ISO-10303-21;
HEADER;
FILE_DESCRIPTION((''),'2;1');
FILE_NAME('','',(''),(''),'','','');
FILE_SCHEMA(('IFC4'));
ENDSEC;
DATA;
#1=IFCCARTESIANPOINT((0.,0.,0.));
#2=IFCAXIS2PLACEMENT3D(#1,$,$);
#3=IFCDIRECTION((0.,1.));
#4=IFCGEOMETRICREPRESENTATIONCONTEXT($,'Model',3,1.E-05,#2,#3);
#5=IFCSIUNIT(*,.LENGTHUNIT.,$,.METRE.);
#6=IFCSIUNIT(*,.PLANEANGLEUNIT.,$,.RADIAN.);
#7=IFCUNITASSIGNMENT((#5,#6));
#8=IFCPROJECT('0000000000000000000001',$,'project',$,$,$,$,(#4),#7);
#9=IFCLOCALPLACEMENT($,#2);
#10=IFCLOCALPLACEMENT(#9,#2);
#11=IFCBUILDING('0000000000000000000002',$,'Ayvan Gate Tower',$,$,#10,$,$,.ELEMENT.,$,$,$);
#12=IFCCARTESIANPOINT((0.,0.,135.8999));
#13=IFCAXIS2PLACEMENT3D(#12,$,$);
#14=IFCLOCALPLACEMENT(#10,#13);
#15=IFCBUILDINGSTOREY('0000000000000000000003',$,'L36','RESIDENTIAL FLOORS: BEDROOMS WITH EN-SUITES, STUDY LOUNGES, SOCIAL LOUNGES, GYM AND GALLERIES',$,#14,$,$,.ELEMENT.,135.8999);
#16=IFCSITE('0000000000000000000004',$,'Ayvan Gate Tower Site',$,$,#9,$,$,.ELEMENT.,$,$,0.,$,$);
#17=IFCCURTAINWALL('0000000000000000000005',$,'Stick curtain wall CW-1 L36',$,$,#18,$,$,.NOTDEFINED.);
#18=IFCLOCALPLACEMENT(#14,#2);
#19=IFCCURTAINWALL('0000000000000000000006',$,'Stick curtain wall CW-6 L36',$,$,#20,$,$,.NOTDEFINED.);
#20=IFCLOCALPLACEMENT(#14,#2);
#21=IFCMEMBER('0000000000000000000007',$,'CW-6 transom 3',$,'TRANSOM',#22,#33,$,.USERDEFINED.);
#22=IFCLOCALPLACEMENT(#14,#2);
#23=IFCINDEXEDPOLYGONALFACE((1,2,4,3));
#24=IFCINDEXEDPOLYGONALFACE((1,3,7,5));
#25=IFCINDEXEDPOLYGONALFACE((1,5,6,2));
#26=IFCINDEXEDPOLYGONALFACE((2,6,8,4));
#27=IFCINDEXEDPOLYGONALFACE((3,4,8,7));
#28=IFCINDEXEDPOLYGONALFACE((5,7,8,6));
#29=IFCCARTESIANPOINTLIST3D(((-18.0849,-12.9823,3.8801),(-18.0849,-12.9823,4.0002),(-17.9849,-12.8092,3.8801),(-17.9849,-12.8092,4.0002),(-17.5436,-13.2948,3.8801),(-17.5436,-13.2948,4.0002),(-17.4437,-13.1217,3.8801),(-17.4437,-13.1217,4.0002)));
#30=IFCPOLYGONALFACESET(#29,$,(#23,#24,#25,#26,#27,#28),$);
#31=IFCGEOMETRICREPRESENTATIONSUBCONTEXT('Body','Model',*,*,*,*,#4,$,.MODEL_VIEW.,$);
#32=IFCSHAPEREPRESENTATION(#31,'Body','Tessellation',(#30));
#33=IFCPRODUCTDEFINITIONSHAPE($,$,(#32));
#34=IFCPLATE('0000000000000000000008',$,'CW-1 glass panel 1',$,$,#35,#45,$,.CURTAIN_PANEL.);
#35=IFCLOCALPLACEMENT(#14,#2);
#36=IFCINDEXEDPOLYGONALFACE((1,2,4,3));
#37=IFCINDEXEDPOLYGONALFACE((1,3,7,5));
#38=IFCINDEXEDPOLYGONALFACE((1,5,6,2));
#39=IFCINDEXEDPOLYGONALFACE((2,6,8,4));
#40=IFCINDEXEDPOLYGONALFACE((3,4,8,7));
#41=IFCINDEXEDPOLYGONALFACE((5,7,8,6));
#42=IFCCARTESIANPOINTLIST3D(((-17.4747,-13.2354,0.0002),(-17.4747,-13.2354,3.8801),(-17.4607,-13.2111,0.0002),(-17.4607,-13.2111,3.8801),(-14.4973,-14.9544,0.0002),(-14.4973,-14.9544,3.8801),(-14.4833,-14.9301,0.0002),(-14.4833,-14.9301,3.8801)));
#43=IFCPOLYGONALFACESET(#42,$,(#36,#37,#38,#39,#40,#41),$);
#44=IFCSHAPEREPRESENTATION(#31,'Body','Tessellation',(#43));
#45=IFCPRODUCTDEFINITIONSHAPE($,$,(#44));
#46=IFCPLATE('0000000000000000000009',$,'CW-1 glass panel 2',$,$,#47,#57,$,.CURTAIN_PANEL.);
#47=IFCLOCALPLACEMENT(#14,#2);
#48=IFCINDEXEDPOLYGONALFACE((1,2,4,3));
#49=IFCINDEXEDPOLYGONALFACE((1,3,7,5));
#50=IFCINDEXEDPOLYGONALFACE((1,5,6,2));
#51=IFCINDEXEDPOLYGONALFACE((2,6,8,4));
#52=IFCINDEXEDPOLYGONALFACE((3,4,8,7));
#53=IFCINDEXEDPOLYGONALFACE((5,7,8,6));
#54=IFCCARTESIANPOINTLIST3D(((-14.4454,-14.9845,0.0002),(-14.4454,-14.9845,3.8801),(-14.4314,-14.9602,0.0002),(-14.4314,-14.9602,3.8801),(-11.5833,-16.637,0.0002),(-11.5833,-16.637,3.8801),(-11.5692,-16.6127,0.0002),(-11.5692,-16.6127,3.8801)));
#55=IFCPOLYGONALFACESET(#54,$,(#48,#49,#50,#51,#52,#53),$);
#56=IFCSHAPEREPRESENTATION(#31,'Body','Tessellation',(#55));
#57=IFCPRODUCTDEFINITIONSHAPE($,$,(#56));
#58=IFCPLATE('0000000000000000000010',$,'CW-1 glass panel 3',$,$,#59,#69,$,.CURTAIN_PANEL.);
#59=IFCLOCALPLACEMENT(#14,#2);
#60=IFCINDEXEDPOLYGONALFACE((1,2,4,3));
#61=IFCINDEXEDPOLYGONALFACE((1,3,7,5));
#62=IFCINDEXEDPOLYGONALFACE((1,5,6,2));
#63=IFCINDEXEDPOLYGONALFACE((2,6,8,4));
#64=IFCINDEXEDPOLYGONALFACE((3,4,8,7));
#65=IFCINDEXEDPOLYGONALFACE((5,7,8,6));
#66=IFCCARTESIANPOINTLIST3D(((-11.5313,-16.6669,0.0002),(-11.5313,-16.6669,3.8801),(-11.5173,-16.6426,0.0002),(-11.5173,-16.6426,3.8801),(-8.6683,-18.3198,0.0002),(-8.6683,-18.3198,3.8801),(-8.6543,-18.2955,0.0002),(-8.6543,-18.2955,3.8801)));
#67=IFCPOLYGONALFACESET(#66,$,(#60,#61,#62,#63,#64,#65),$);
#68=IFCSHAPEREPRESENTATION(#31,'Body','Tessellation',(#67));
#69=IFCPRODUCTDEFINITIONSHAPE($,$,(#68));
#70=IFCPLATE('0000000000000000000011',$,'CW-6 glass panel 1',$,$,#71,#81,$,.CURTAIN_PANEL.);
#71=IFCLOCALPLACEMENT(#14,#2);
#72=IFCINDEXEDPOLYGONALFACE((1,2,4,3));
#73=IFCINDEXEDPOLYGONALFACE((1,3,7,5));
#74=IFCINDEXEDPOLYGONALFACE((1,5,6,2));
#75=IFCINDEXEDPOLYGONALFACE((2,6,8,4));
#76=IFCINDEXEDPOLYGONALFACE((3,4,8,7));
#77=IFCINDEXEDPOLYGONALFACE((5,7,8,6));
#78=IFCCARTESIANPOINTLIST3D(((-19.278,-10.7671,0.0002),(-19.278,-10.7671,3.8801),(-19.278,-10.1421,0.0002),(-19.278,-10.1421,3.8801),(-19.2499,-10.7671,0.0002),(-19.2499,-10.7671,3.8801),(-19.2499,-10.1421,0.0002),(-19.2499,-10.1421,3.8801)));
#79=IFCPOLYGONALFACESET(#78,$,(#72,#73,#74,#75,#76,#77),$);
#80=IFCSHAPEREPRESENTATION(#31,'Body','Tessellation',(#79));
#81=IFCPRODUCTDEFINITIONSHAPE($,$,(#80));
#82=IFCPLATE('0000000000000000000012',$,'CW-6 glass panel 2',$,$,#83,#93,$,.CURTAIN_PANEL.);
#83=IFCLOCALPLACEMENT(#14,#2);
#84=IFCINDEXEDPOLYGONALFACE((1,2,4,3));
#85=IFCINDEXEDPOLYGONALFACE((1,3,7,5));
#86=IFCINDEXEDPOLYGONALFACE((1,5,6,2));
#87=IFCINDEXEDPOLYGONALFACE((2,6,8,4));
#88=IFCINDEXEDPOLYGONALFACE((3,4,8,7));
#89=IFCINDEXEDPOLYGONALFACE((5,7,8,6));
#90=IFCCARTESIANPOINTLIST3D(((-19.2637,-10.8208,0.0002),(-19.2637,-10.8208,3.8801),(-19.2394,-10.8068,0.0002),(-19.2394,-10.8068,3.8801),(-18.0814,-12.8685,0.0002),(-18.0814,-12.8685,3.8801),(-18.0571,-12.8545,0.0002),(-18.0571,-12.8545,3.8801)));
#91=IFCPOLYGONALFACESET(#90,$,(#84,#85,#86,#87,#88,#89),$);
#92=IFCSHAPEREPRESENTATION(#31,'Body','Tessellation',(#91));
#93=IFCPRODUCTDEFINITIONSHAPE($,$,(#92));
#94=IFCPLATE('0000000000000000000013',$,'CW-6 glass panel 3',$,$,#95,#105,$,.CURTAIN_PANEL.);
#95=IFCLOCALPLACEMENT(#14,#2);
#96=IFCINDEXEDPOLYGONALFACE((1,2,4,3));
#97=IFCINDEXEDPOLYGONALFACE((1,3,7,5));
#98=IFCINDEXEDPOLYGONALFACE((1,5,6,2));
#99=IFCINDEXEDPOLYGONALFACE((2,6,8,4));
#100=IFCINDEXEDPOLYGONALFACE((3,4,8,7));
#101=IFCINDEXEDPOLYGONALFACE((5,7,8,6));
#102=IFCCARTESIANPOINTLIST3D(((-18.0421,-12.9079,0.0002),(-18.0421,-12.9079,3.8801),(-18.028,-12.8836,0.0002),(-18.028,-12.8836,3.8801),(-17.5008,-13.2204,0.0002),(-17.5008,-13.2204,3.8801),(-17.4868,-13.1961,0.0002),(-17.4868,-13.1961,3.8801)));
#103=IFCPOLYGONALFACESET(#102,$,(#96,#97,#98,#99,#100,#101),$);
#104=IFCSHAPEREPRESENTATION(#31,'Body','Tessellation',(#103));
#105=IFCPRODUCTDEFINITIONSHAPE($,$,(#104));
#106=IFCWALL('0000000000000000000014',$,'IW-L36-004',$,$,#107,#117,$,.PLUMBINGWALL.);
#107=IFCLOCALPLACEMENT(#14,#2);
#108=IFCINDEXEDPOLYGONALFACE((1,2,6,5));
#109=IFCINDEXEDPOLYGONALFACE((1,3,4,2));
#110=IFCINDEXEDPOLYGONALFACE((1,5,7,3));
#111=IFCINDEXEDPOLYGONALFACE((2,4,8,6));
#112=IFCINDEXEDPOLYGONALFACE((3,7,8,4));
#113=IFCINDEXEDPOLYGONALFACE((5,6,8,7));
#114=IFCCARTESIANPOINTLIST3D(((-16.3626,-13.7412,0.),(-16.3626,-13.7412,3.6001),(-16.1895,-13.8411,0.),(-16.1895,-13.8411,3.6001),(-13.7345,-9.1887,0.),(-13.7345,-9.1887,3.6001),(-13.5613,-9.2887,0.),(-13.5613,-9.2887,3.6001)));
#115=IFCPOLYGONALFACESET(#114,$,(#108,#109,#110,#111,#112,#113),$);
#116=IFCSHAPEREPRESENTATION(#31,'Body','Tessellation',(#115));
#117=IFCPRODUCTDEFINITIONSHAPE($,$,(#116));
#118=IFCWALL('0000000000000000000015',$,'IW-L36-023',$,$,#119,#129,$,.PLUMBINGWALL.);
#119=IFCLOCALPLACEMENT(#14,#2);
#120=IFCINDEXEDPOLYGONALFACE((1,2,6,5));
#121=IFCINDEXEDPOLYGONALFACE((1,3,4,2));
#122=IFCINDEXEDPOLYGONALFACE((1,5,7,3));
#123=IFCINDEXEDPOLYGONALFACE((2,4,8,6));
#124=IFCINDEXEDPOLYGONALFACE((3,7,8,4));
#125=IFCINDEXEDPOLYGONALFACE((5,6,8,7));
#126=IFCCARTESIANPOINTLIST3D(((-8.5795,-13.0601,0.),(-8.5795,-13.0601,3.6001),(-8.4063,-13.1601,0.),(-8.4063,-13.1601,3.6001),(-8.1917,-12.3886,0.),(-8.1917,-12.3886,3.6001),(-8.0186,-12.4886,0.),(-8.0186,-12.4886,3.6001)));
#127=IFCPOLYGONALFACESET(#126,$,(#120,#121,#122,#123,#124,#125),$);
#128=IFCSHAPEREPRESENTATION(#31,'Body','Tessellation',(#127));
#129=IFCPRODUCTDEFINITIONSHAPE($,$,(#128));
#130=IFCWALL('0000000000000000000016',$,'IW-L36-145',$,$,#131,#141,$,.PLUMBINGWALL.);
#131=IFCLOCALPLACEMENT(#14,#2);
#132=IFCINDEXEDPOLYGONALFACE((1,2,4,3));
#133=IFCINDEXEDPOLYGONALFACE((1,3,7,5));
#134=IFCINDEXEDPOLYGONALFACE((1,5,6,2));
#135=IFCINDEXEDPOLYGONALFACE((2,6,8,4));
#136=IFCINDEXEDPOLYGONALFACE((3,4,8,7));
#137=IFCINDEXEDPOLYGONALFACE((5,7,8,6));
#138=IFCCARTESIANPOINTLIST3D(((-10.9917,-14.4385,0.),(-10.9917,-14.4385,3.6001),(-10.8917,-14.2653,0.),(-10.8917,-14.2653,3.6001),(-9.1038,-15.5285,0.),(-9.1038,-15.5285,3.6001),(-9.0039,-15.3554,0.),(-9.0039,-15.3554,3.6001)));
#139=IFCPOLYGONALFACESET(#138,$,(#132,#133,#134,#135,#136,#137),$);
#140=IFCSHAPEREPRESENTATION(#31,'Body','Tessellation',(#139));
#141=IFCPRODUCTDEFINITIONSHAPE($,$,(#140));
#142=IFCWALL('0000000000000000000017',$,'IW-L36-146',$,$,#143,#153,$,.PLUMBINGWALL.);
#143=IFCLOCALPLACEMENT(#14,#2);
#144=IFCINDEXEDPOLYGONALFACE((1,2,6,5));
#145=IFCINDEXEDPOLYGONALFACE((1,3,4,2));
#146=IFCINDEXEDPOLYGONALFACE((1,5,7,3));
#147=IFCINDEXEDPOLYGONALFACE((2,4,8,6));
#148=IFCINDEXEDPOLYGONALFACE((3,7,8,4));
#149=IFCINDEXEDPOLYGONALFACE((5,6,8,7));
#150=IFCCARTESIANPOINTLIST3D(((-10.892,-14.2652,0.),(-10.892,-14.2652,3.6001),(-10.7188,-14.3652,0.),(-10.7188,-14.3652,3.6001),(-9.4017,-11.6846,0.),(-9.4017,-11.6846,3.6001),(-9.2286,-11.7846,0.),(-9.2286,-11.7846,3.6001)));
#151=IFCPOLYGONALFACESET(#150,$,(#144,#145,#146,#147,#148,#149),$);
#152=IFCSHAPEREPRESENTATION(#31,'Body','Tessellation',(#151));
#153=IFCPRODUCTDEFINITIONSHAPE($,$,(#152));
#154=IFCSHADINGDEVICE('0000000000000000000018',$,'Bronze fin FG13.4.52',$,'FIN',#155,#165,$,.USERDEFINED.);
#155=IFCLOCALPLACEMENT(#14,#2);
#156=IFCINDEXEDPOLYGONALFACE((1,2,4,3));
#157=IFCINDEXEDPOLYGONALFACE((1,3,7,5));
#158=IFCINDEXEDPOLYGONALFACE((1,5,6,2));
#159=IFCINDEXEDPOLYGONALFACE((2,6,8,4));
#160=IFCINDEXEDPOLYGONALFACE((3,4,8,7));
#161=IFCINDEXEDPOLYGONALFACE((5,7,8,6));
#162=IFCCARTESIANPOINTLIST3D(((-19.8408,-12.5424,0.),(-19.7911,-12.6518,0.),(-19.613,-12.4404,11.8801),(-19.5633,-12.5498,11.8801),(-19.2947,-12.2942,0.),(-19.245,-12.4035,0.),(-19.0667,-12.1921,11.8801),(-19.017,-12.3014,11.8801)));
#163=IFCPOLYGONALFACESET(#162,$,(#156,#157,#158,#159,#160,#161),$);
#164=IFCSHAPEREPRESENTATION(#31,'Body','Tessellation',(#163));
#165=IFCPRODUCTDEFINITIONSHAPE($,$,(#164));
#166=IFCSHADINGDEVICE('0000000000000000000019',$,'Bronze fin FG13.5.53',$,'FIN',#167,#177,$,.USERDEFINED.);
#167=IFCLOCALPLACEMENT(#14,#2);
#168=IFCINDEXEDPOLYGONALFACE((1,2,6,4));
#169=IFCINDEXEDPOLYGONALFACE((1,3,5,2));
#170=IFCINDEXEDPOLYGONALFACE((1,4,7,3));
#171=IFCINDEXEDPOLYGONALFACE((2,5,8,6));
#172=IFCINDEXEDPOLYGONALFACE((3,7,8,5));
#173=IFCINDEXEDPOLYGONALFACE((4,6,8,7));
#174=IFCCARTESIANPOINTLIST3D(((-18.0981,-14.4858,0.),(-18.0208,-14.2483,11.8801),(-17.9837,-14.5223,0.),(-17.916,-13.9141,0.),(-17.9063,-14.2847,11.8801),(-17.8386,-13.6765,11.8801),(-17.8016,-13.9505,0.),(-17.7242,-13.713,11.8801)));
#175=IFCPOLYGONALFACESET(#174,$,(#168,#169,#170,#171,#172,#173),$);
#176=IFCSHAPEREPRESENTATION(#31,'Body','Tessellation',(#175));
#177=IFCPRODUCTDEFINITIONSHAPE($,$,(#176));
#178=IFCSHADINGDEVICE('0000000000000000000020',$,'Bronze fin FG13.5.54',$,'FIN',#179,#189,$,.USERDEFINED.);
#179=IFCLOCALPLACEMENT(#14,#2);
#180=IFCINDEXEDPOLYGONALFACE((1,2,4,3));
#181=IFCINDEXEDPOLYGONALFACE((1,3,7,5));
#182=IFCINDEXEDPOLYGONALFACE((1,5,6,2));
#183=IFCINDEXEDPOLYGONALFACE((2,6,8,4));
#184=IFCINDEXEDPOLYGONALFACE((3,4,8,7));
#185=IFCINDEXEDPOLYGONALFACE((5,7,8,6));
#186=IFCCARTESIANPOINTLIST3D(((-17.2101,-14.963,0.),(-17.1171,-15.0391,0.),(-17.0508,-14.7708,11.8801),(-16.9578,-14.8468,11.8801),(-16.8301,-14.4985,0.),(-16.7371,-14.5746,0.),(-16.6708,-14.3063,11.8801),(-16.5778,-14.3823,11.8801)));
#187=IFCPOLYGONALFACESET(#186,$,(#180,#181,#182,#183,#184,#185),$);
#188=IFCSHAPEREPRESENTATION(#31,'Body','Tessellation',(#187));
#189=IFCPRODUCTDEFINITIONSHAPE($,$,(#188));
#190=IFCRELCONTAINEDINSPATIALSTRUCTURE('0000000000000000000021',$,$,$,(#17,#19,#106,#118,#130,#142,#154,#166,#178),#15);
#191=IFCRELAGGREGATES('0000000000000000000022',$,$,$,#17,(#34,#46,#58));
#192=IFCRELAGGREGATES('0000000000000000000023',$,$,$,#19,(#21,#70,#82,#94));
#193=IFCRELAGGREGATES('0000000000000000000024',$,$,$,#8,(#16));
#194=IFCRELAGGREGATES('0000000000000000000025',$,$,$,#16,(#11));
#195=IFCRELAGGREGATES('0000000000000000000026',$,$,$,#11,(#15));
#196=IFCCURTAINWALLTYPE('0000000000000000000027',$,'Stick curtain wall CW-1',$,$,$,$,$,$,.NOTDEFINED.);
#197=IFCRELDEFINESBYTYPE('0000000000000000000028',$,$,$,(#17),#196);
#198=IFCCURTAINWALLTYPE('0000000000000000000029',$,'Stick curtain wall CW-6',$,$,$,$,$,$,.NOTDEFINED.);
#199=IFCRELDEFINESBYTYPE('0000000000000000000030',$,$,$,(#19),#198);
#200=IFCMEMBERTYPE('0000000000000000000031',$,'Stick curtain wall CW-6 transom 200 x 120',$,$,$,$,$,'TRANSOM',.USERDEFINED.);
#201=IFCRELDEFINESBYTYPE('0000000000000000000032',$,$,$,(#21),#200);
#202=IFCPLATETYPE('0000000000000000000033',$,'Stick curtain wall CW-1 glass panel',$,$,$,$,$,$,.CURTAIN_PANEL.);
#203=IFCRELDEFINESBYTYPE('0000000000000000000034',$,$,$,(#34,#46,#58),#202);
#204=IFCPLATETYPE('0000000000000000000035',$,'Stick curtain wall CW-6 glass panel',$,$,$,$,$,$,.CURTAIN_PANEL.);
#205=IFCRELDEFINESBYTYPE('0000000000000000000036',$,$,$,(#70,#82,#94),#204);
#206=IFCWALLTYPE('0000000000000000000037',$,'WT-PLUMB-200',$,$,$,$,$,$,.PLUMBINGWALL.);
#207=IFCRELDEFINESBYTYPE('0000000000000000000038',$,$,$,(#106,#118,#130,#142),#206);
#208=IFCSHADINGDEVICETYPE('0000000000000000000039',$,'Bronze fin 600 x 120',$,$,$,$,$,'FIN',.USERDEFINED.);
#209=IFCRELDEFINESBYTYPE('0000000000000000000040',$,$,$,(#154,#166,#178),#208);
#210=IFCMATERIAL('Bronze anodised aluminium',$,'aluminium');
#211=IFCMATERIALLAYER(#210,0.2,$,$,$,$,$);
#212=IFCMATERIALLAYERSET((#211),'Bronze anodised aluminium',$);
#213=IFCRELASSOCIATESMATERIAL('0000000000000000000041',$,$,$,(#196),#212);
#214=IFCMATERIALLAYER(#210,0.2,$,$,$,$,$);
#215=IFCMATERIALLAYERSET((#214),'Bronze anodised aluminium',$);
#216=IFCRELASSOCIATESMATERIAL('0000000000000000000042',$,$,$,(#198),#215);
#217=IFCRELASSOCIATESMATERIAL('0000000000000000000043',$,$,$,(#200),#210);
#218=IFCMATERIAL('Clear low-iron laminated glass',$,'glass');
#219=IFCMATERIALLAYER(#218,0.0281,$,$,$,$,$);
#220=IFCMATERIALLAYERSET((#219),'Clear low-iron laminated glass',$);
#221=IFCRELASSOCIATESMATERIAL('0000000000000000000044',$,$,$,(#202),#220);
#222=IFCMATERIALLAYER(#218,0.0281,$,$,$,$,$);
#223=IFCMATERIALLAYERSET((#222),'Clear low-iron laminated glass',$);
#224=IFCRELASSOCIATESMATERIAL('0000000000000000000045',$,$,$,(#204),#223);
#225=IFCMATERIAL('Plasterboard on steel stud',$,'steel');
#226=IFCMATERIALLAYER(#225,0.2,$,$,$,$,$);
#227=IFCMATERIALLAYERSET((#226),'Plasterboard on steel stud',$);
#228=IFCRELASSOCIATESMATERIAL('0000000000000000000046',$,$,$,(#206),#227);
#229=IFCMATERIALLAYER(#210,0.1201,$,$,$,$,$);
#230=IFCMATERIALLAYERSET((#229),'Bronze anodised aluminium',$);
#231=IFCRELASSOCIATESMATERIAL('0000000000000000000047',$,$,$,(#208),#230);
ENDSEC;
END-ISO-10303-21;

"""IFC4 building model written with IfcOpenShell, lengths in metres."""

from ifc_helpers import new_model, si_unit, direction, frame, frame_2d, origin, origin_2d, place, context, subcontext, project, spatial, polyline, rectangle, outline, extrude, material, layer, layer_set, material_profile, profile_set, type_object, element, aggregate, save


model = new_model("IFC4")

# Units and contexts
model_context = context("Model", 3, precision=1e-05, world=origin(), true_north=direction((0.0, 1.0)))
body_context = subcontext(model_context, "Body", "Model", "MODEL_VIEW")
ifc_project = project(units=[si_unit("LENGTHUNIT", "METRE"), si_unit("PLANEANGLEUNIT", "RADIAN")], contexts=[model_context])

# Site, building, storey
site_placement = place(None, origin())
site = spatial("IfcSite", under=ifc_project, at=site_placement, Name="Ayvan Gate Tower Site", CompositionType="ELEMENT", RefElevation=0.0)
building_placement = place(site_placement, origin())
building = spatial("IfcBuilding", under=site, at=building_placement, Name="Ayvan Gate Tower", CompositionType="ELEMENT")
storey_placement = place(building_placement, frame((0.0, 0.0, 135.8999)))
storey = spatial("IfcBuildingStorey", under=building, at=storey_placement, Name="L36", Description="RESIDENTIAL FLOORS: BEDROOMS WITH EN-SUITES, STUDY LOUNGES, SOCIAL LOUNGES, GYM AND GALLERIES", CompositionType="ELEMENT", Elevation=135.8999)

# Curtain walls, member
ifc_material_1 = material(Name="Bronze anodised aluminium", Category="aluminium")
ifc_layer_1 = layer(ifc_material_1, 0.2)
ifc_layer_set_1 = layer_set([ifc_layer_1], Name="Bronze anodised aluminium")
curtain_wall_type_1 = type_object("IfcCurtainWallType", Name="Stick curtain wall CW-1", PredefinedType="NOTDEFINED", material=ifc_layer_set_1)
curtain_wall_1_placement = place(storey_placement, origin())
curtain_wall_1 = element("IfcCurtainWall", 1, at=curtain_wall_1_placement, inside=storey, type_object=curtain_wall_type_1, Name="Stick curtain wall CW-1 L36", PredefinedType="NOTDEFINED")
ifc_layer_2 = layer(ifc_material_1, 0.2)
ifc_layer_set_2 = layer_set([ifc_layer_2], Name="Bronze anodised aluminium")
curtain_wall_type_2 = type_object("IfcCurtainWallType", Name="Stick curtain wall CW-6", PredefinedType="NOTDEFINED", material=ifc_layer_set_2)
curtain_wall_2_placement = place(storey_placement, origin())
curtain_wall_2 = element("IfcCurtainWall", 2, at=curtain_wall_2_placement, inside=storey, type_object=curtain_wall_type_2, Name="Stick curtain wall CW-6 L36", PredefinedType="NOTDEFINED")
ifc_material_profile_1 = material_profile(ifc_material_1, rectangle(XDim=0.2, YDim=0.1201, at=origin_2d()), Name="Stick curtain wall CW-6 transom 200 x 120")
ifc_profile_set_1 = profile_set([ifc_material_profile_1], Name="Bronze anodised aluminium")
member_type_1 = type_object("IfcMemberType", Name="Stick curtain wall CW-6 transom 200 x 120", ElementType="TRANSOM", PredefinedType="USERDEFINED", material=ifc_profile_set_1)
member_1_placement = place(storey_placement, frame((-18.0349, -12.8958, 3.9402), z_axis=(0.866023, -0.500004, 0.0), x_axis=(0.500004, 0.866023, 0.0)))
member_1 = element("IfcMember", 3, at=member_1_placement, type_object=member_type_1, Name="CW-6 transom 3", ObjectType="TRANSOM", PredefinedType="USERDEFINED", context=body_context, shape_type="SweptSolid", body=[
    extrude(rectangle(XDim=0.2, YDim=0.1201, at=origin_2d()), origin(), (0.0, 0.0, 1.0), 0.625),
])

# Plates
ifc_material_2 = material(Name="Clear low-iron laminated glass", Category="glass")
ifc_layer_3 = layer(ifc_material_2, 0.0281)
ifc_layer_set_3 = layer_set([ifc_layer_3], Name="Clear low-iron laminated glass")
plate_type_1 = type_object("IfcPlateType", Name="Stick curtain wall CW-1 glass panel", PredefinedType="CURTAIN_PANEL", material=ifc_layer_set_3)
plate_1_placement = place(storey_placement, frame((-15.979, -14.0828, 0.0002), z_axis=(0.0, 0.0, 1.0), x_axis=(0.866025, -0.5, 0.0)))
plate_1 = element("IfcPlate", 4, at=plate_1_placement, type_object=plate_type_1, Name="CW-1 glass panel 1", PredefinedType="CURTAIN_PANEL", context=body_context, shape_type="SweptSolid", body=[
    extrude(rectangle(XDim=3.438, YDim=0.0281, at=origin_2d()), origin(), (0.0, 0.0, 1.0), 3.8799),
])
plate_2_placement = place(storey_placement, frame((-13.0073, -15.7986, 0.0002), z_axis=(0.0, 0.0, 1.0), x_axis=(0.866025, -0.5, 0.0)))
plate_2 = element("IfcPlate", 5, at=plate_2_placement, type_object=plate_type_1, Name="CW-1 glass panel 2", PredefinedType="CURTAIN_PANEL", context=body_context, shape_type="SweptSolid", body=[
    extrude(rectangle(XDim=3.3049, YDim=0.0281, at=origin_2d()), origin(), (0.0, 0.0, 1.0), 3.8799),
])
plate_3_placement = place(storey_placement, frame((-10.0928, -17.4812, 0.0002), z_axis=(0.0, 0.0, 1.0), x_axis=(0.866025, -0.5, 0.0)))
plate_3 = element("IfcPlate", 6, at=plate_3_placement, type_object=plate_type_1, Name="CW-1 glass panel 3", PredefinedType="CURTAIN_PANEL", context=body_context, shape_type="SweptSolid", body=[
    extrude(rectangle(XDim=3.3059, YDim=0.0281, at=origin_2d()), origin(), (0.0, 0.0, 1.0), 3.8799),
])
aggregate(curtain_wall_1, [plate_1, plate_2, plate_3])
ifc_layer_4 = layer(ifc_material_2, 0.0281)
ifc_layer_set_4 = layer_set([ifc_layer_4], Name="Clear low-iron laminated glass")
plate_type_2 = type_object("IfcPlateType", Name="Stick curtain wall CW-6 glass panel", PredefinedType="CURTAIN_PANEL", material=ifc_layer_set_4)
plate_4_placement = place(storey_placement, frame((-19.2639, -10.4546, 0.0002), z_axis=(0.0, 0.0, 1.0), x_axis=(0.0, -1.0, 0.0)))
plate_4 = element("IfcPlate", 7, at=plate_4_placement, type_object=plate_type_2, Name="CW-6 glass panel 1", PredefinedType="CURTAIN_PANEL", context=body_context, shape_type="SweptSolid", body=[
    extrude(rectangle(XDim=0.625, YDim=0.0281, at=origin_2d()), origin(), (0.0, 0.0, 1.0), 3.8799),
])
plate_5_placement = place(storey_placement, frame((-18.6604, -11.8376, 0.0002), z_axis=(0.0, 0.0, 1.0), x_axis=(0.5, -0.866025, 0.0)))
plate_5 = element("IfcPlate", 8, at=plate_5_placement, type_object=plate_type_2, Name="CW-6 glass panel 2", PredefinedType="CURTAIN_PANEL", context=body_context, shape_type="SweptSolid", body=[
    extrude(rectangle(XDim=2.3645, YDim=0.0281, at=origin_2d()), origin(), (0.0, 0.0, 1.0), 3.8799),
])
plate_6_placement = place(storey_placement, frame((-17.7644, -13.052, 0.0002), z_axis=(0.0, 0.0, 1.0), x_axis=(0.866025, -0.5, 0.0)))
plate_6 = element("IfcPlate", 9, at=plate_6_placement, type_object=plate_type_2, Name="CW-6 glass panel 3", PredefinedType="CURTAIN_PANEL", context=body_context, shape_type="SweptSolid", body=[
    extrude(rectangle(XDim=0.625, YDim=0.0281, at=origin_2d()), origin(), (0.0, 0.0, 1.0), 3.8799),
])
aggregate(curtain_wall_2, [member_1, plate_4, plate_5, plate_6])

# Walls
ifc_material_3 = material(Name="Plasterboard on steel stud", Category="steel")
ifc_layer_5 = layer(ifc_material_3, 0.2)
ifc_layer_set_5 = layer_set([ifc_layer_5], Name="Plasterboard on steel stud")
wall_type = type_object("IfcWallType", Name="WT-PLUMB-200", PredefinedType="PLUMBINGWALL", material=ifc_layer_set_5)
wall_1_placement = place(storey_placement, frame((-16.2761, -13.7913, 0.0), z_axis=(0.0, 0.0, 1.0), x_axis=(0.49997, 0.866043, 0.0)))
element("IfcWall", 10, at=wall_1_placement, inside=storey, type_object=wall_type, Name="IW-L36-004", PredefinedType="PLUMBINGWALL", context=body_context, shape_type="SweptSolid", body=[
    extrude(rectangle(XDim=5.2566, YDim=0.2, at=frame_2d((2.6284, 0.0))), origin(), (0.0, 0.0, 1.0), 3.6001),
])
wall_2_placement = place(storey_placement, frame((-8.4929, -13.1101, 0.0), z_axis=(0.0, 0.0, 1.0), x_axis=(0.500068, 0.865986, 0.0)))
element("IfcWall", 11, at=wall_2_placement, inside=storey, type_object=wall_type, Name="IW-L36-023", PredefinedType="PLUMBINGWALL", context=body_context, shape_type="SweptSolid", body=[
    extrude(rectangle(XDim=0.7754, YDim=0.2, at=frame_2d((0.3877, 0.0))), origin(), (0.0, 0.0, 1.0), 3.6001),
])
wall_3_placement = place(storey_placement, frame((-9.054, -15.4419, 0.0), z_axis=(0.0, 0.0, 1.0), x_axis=(-0.866008, 0.500029, 0.0)))
element("IfcWall", 12, at=wall_3_placement, inside=storey, type_object=wall_type, Name="IW-L36-145", PredefinedType="PLUMBINGWALL", context=body_context, shape_type="SweptSolid", body=[
    extrude(rectangle(XDim=2.1799, YDim=0.2, at=frame_2d((1.0898, 0.0))), origin(), (0.0, 0.0, 1.0), 3.6001),
])
wall_4_placement = place(storey_placement, frame((-10.8054, -14.3152, 0.0), z_axis=(0.0, 0.0, 1.0), x_axis=(0.500086, 0.865975, 0.0)))
element("IfcWall", 13, at=wall_4_placement, inside=storey, type_object=wall_type, Name="IW-L36-146", PredefinedType="PLUMBINGWALL", context=body_context, shape_type="SweptSolid", body=[
    extrude(rectangle(XDim=2.98, YDim=0.2, at=frame_2d((1.49, 0.0))), origin(), (0.0, 0.0, 1.0), 3.6001),
])

# Shading devices
ifc_layer_6 = layer(ifc_material_1, 0.1201)
ifc_layer_set_6 = layer_set([ifc_layer_6], Name="Bronze anodised aluminium")
shading_device_type = type_object("IfcShadingDeviceType", Name="Bronze fin 600 x 120", ElementType="FIN", PredefinedType="USERDEFINED", material=ifc_layer_set_6)
shading_device_1_placement = place(storey_placement, frame((-19.2947, -12.2942, 0.0), z_axis=(-0.413788, 0.910373, 0.000118), x_axis=(-0.910373, -0.413788, 0.0)))
element("IfcShadingDevice", 14, at=shading_device_1_placement, inside=storey, type_object=shading_device_type, Name="Bronze fin FG13.4.52", ObjectType="FIN", PredefinedType="USERDEFINED", context=body_context, shape_type="SweptSolid", body=[
    extrude(outline(polyline([(0.0, 0.0), (0.5999, 0.0), (0.3503, 11.8801), (-0.2498, 11.8801), (0.0, 0.0)])), origin(), (0.0, 0.0, -1.0), 0.1201),
])
shading_device_2_placement = place(storey_placement, frame((-17.916, -13.9141, 0.0), z_axis=(-0.95283, 0.303506, 0.000138), x_axis=(-0.303506, -0.95283, 0.0)))
element("IfcShadingDevice", 15, at=shading_device_2_placement, inside=storey, type_object=shading_device_type, Name="Bronze fin FG13.5.53", ObjectType="FIN", PredefinedType="USERDEFINED", context=body_context, shape_type="SweptSolid", body=[
    extrude(outline(polyline([(0.0, 0.0), (0.6001, 0.0), (0.3503, 11.8801), (-0.2498, 11.8801), (0.0, 0.0)])), origin(), (0.0, 0.0, -1.0), 0.1201),
])
shading_device_3_placement = place(storey_placement, frame((-16.8301, -14.4985, 0.0), z_axis=(-0.773975, 0.633216, 0.000131), x_axis=(-0.633216, -0.773975, 0.0)))
element("IfcShadingDevice", 16, at=shading_device_3_placement, inside=storey, type_object=shading_device_type, Name="Bronze fin FG13.5.54", ObjectType="FIN", PredefinedType="USERDEFINED", context=body_context, shape_type="SweptSolid", body=[
    extrude(outline(polyline([(0.0, 0.0), (0.6001, 0.0), (0.3504, 11.8801), (-0.2497, 11.8801), (0.0, 0.0)])), origin(), (0.0, 0.0, -1.0), 0.1201),
])

save(model, "model.ifc")
